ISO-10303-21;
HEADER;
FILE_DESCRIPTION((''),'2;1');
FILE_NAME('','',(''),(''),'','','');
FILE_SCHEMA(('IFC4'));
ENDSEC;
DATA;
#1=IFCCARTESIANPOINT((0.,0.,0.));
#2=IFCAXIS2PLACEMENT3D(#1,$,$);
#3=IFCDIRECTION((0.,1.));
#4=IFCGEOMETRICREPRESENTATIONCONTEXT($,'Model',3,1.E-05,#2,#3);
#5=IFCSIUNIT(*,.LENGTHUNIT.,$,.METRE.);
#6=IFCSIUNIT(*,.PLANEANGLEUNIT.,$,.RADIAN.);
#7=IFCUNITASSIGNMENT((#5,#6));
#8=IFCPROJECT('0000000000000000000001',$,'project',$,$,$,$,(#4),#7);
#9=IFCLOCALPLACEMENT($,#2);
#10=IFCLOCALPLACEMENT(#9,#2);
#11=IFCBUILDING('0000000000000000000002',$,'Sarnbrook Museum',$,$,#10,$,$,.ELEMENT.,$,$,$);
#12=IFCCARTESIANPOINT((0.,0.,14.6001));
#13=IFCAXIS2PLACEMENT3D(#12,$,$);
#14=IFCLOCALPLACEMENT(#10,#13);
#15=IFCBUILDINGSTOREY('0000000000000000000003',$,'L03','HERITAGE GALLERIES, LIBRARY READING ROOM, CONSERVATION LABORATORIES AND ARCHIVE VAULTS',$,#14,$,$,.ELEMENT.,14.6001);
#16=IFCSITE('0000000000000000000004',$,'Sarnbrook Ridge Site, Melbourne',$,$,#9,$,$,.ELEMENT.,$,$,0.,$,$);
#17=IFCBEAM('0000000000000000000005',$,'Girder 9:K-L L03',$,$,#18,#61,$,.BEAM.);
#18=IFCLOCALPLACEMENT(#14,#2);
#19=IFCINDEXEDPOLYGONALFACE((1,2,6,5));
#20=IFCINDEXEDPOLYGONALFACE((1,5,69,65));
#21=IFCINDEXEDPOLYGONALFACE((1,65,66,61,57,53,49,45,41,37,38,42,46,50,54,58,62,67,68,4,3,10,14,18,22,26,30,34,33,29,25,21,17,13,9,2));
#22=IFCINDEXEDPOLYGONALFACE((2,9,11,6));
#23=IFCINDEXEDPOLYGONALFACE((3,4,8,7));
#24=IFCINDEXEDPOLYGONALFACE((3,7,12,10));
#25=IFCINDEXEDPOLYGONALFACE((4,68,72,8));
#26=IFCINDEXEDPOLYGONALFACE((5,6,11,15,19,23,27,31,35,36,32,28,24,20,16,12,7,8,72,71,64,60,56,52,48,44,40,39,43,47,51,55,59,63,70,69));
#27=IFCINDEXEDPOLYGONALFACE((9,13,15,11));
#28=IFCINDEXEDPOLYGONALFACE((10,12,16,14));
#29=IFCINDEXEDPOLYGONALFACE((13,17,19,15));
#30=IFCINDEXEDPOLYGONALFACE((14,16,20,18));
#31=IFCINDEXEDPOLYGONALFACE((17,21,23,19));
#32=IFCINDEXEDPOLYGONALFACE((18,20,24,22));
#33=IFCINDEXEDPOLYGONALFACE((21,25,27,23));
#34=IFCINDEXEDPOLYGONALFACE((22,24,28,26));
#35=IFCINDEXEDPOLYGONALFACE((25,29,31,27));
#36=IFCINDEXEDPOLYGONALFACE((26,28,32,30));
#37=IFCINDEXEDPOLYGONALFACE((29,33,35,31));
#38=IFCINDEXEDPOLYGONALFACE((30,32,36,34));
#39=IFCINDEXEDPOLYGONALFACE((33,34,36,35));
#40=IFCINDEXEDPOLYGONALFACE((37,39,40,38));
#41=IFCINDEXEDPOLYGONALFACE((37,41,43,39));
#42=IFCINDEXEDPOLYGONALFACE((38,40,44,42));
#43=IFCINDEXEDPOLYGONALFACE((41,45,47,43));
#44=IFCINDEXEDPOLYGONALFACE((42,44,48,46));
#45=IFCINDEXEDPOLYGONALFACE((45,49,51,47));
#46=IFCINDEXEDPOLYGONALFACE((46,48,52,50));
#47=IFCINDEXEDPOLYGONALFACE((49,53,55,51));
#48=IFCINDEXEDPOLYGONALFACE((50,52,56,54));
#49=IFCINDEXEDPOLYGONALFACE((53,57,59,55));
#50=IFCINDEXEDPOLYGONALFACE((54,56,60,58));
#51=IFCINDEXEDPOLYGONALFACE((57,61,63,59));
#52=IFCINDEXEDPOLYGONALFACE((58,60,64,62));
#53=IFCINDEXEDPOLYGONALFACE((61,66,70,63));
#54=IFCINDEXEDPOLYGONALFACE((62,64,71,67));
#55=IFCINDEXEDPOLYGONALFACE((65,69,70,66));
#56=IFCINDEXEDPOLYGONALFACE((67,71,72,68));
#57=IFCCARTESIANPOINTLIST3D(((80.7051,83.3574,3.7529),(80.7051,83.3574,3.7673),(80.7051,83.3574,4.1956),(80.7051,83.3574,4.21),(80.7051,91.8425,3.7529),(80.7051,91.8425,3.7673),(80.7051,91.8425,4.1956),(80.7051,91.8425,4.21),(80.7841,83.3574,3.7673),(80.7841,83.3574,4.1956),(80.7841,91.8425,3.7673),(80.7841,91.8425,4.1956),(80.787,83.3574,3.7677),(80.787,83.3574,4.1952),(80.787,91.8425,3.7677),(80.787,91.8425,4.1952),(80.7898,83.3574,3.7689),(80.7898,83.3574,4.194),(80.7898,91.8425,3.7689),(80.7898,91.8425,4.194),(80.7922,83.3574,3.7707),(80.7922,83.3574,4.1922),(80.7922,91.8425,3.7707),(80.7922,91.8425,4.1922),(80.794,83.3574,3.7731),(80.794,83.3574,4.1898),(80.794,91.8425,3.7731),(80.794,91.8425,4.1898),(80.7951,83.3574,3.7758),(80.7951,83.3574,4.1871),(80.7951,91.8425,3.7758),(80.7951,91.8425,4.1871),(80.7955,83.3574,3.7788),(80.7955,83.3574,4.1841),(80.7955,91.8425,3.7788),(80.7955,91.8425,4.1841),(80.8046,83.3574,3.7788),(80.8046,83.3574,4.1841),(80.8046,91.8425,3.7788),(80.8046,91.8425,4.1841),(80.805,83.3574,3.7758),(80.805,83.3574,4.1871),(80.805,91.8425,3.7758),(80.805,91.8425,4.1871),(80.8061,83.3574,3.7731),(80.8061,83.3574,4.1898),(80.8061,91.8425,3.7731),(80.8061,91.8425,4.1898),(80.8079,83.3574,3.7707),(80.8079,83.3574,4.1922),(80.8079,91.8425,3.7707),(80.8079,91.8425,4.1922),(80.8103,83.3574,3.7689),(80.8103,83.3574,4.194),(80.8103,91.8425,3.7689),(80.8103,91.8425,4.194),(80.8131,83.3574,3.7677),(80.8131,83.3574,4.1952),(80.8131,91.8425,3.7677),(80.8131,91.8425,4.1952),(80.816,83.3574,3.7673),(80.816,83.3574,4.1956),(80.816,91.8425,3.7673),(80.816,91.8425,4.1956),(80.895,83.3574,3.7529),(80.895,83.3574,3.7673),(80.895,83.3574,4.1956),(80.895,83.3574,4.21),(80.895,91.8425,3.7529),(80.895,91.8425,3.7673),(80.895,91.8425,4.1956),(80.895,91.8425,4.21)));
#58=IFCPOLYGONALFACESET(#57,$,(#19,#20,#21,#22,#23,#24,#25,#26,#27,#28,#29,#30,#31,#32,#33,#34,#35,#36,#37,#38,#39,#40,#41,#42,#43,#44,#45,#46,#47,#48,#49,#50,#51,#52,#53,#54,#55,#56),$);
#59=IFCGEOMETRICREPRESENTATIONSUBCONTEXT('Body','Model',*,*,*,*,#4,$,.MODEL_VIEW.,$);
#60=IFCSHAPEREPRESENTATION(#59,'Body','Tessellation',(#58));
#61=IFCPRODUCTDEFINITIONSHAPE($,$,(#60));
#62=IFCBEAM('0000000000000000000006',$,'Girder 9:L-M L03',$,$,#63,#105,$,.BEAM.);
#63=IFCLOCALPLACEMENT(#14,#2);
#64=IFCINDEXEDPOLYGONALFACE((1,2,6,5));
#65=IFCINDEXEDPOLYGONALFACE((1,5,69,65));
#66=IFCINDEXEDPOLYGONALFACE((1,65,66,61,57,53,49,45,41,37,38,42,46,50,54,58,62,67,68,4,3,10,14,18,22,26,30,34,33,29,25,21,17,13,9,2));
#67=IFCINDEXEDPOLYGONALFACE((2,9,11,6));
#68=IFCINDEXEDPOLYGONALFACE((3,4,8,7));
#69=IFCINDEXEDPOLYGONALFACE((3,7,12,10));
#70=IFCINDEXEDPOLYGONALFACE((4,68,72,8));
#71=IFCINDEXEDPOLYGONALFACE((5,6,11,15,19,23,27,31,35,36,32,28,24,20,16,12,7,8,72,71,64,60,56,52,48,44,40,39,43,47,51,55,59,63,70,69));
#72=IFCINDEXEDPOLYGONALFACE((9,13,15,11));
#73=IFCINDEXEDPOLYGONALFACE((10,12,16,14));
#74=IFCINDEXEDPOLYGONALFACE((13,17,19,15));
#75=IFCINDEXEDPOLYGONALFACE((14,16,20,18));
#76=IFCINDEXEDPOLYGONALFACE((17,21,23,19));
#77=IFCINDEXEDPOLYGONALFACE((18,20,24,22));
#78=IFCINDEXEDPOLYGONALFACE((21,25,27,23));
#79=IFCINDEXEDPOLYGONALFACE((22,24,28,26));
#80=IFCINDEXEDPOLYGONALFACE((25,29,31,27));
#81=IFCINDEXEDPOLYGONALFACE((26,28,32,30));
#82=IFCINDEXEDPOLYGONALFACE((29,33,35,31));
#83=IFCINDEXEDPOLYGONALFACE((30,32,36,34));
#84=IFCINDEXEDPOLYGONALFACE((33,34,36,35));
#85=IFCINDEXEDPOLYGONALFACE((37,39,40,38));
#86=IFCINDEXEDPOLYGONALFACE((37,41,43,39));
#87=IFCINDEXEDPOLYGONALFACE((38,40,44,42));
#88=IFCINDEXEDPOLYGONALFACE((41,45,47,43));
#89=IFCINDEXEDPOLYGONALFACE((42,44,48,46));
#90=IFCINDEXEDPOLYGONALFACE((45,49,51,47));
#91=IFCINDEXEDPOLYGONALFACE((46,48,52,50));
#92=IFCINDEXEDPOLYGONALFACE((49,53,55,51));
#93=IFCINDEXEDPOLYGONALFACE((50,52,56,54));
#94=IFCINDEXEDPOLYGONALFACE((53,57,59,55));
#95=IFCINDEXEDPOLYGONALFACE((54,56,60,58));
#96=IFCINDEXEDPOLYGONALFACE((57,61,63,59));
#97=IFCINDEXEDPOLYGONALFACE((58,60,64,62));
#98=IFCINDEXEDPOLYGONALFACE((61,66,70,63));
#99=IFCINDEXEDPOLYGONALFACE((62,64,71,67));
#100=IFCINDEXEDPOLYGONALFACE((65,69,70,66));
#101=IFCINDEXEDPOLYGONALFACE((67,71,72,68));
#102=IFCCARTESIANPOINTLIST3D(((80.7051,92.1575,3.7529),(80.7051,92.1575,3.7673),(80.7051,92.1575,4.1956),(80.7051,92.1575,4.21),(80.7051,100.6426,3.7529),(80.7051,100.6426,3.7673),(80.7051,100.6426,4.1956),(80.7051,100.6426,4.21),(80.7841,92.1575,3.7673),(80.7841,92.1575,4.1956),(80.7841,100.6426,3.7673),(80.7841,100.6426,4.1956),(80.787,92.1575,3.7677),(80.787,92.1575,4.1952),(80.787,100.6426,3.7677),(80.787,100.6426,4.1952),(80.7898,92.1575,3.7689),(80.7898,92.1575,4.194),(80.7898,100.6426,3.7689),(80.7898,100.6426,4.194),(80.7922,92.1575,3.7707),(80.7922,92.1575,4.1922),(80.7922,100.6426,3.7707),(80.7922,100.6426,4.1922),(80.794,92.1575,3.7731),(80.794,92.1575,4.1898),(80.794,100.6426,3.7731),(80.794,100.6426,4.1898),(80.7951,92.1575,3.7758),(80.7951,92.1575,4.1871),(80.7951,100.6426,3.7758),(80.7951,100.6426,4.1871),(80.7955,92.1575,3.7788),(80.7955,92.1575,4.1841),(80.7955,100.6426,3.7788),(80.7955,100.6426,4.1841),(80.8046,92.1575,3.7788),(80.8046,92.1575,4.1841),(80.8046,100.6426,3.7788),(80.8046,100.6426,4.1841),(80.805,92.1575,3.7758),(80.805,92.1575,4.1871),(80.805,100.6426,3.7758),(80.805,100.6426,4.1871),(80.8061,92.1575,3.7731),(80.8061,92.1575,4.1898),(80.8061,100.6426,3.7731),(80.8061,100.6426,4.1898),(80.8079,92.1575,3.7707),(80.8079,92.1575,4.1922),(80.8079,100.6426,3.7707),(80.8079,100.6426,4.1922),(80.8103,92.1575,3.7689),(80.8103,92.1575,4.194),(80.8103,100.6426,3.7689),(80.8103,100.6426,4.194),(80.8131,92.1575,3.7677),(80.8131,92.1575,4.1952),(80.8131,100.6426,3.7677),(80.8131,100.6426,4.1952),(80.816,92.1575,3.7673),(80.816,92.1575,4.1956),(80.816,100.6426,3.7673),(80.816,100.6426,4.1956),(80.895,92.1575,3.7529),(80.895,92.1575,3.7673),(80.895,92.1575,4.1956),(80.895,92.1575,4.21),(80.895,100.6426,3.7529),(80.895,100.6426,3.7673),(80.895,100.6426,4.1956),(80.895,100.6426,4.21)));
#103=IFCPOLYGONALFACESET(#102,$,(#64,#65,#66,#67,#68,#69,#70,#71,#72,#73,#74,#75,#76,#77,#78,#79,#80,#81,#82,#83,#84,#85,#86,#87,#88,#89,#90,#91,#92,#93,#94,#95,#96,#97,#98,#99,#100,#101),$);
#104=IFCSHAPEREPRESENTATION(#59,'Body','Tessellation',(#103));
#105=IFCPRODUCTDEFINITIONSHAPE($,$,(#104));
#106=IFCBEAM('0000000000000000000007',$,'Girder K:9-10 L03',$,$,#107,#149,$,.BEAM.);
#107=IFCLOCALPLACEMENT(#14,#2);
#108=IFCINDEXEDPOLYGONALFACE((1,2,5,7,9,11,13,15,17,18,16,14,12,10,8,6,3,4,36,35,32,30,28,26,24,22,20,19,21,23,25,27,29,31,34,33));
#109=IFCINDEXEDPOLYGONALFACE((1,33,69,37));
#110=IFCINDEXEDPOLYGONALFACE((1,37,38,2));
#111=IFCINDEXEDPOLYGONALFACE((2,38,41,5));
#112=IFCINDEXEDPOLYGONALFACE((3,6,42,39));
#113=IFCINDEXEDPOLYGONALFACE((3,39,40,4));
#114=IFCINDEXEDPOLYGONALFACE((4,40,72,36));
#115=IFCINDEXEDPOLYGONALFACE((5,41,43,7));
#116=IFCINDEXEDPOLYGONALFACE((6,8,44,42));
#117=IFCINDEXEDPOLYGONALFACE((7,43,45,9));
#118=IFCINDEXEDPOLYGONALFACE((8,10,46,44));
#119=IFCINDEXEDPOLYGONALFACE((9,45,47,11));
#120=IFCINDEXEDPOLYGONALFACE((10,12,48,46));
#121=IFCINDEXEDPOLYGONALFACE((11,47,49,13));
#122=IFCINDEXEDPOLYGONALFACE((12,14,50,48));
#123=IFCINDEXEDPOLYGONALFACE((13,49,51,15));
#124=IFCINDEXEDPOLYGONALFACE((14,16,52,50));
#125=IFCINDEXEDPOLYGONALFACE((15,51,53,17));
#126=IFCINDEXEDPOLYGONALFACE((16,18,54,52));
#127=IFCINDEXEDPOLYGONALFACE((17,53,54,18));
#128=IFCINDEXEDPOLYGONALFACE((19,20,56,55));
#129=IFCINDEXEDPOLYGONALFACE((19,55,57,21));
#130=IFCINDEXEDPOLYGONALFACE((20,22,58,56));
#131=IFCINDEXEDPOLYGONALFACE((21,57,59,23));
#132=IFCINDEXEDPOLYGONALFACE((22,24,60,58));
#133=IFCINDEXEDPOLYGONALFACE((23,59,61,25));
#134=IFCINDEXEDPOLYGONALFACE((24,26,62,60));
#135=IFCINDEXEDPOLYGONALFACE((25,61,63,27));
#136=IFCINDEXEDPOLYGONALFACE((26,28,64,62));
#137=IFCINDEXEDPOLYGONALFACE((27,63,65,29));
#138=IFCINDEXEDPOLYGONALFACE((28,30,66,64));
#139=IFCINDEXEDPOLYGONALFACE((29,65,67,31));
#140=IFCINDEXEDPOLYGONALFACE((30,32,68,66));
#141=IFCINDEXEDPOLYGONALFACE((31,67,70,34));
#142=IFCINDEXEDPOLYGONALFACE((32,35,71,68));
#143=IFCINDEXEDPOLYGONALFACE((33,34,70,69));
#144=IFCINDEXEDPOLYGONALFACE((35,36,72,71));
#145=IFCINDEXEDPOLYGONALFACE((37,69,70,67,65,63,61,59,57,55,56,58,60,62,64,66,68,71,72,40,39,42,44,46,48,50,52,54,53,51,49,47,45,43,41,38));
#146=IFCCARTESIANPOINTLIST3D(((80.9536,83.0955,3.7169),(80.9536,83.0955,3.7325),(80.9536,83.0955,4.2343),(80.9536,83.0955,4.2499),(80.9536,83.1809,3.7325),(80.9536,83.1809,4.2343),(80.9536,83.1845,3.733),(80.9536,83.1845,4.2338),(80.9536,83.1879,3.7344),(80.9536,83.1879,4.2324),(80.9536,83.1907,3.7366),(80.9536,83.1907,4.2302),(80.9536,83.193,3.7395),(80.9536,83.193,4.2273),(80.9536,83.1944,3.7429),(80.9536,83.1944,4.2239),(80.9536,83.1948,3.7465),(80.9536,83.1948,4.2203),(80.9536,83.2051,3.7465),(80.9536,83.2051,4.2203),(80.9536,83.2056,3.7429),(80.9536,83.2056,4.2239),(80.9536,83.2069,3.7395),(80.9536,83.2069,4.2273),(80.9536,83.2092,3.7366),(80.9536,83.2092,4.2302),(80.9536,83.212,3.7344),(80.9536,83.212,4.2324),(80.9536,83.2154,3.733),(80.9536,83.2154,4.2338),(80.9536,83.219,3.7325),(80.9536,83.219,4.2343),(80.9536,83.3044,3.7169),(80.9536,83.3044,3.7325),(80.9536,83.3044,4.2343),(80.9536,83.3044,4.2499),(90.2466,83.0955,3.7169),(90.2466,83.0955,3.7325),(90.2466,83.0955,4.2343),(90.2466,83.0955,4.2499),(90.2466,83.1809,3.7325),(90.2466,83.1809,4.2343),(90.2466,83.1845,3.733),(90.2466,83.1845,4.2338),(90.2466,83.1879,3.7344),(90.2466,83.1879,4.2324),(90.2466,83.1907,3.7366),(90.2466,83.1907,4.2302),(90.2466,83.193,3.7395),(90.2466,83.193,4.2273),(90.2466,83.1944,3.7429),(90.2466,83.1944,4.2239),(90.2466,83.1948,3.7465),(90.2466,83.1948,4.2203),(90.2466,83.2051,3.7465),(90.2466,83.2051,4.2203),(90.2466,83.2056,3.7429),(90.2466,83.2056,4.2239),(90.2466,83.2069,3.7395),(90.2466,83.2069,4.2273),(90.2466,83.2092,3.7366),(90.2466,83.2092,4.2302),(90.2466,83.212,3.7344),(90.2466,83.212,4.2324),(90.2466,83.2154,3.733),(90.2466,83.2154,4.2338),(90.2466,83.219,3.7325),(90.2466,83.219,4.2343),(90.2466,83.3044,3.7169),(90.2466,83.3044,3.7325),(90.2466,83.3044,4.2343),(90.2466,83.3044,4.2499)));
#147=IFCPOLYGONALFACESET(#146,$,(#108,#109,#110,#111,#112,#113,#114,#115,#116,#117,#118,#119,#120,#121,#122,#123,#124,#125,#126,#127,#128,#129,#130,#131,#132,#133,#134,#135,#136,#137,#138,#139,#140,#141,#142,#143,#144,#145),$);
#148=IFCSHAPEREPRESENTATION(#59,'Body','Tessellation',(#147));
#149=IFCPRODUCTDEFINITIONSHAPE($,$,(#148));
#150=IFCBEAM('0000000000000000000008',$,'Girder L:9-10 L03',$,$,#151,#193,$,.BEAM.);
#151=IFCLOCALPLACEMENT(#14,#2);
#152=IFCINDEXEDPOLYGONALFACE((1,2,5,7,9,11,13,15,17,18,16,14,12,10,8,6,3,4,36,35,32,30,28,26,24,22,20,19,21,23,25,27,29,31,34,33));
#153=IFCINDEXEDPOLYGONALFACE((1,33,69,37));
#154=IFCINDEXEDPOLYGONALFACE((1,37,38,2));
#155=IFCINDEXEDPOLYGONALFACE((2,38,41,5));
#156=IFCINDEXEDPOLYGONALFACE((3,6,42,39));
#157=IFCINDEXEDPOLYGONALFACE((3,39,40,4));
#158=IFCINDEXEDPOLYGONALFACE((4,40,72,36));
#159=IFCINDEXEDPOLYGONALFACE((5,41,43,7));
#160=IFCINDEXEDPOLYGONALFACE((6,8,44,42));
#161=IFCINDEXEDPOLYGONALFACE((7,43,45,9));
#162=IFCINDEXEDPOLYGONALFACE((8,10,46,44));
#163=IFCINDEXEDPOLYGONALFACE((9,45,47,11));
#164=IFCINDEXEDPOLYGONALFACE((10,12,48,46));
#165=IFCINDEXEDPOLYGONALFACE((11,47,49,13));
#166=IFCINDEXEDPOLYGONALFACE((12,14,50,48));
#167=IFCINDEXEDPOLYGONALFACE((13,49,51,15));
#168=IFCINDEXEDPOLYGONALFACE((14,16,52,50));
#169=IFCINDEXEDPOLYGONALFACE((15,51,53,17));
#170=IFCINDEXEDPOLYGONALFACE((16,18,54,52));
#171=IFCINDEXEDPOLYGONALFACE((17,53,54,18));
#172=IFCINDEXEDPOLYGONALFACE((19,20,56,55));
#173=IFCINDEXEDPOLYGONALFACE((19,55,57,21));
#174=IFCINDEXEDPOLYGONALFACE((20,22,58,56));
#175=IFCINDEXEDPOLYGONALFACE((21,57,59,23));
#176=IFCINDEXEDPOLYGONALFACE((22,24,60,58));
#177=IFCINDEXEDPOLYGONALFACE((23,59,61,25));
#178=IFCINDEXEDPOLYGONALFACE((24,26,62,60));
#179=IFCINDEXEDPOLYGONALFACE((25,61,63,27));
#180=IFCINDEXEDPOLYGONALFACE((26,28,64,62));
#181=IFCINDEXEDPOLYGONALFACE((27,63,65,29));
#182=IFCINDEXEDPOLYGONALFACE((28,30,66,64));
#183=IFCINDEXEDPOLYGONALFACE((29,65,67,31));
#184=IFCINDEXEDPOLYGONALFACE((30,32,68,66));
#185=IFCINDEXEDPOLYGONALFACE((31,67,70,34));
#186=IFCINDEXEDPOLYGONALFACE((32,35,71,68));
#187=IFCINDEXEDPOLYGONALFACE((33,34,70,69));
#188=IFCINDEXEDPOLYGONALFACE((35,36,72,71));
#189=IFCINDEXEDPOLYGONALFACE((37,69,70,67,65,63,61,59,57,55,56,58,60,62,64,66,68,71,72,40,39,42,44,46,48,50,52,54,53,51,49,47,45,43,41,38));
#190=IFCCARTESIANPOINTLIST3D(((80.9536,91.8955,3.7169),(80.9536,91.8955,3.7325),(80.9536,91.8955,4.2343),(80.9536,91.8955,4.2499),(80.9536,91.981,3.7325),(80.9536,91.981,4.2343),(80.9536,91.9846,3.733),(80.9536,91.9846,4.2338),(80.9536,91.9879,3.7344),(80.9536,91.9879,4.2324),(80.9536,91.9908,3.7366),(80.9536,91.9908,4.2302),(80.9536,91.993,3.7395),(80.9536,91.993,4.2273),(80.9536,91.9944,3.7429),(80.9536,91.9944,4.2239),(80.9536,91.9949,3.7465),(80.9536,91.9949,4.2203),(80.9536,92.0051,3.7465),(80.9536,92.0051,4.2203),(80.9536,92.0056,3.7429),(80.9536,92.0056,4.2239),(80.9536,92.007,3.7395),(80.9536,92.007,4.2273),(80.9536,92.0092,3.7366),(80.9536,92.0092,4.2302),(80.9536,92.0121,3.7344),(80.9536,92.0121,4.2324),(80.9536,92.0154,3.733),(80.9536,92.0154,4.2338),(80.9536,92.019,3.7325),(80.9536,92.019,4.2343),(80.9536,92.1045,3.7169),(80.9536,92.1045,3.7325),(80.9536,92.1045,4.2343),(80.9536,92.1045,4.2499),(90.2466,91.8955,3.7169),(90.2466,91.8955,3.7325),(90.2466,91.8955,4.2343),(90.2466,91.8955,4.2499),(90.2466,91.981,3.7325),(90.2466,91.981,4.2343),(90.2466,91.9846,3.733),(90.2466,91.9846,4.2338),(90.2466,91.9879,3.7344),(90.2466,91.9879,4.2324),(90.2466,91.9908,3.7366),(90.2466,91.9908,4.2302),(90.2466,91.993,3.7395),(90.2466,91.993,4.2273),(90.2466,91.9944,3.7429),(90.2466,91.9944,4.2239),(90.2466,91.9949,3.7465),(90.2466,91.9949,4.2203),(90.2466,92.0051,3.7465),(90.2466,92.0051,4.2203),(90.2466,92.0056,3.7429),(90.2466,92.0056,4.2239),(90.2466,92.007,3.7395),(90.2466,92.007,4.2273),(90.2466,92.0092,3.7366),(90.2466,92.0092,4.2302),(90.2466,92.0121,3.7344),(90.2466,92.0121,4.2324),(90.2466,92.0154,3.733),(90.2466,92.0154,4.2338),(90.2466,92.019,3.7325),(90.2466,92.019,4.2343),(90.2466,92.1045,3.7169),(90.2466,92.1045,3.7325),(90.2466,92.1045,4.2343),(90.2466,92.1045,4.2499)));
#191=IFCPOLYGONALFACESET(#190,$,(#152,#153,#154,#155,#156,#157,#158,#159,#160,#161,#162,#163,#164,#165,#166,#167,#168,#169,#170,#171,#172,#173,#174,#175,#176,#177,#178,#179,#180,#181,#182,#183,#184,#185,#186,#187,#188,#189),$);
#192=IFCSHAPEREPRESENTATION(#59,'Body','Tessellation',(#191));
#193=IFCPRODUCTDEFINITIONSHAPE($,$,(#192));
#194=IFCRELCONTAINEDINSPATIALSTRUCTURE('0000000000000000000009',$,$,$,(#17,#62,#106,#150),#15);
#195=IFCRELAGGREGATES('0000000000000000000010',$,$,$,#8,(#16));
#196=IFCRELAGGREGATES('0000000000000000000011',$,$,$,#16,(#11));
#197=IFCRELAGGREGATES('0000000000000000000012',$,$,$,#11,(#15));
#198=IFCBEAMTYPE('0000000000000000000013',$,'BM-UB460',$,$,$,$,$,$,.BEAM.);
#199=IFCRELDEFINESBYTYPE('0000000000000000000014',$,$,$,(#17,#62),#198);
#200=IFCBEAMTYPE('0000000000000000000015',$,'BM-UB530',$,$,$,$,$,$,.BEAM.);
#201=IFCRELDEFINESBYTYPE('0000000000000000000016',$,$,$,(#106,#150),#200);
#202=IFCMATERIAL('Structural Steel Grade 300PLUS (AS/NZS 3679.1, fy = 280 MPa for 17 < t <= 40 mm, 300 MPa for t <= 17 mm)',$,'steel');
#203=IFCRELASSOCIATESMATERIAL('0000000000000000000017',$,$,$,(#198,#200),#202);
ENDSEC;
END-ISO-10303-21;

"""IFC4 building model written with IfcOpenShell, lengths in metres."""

from ifc_helpers import new_model, si_unit, direction, frame, origin, origin_2d, place, context, subcontext, project, spatial, i_section, extrude, material, material_profile, profile_set, type_object, element, save


model = new_model("IFC4")

# Units and contexts
model_context = context("Model", 3, precision=1e-05, world=origin(), true_north=direction((0.0, 1.0)))
body_context = subcontext(model_context, "Body", "Model", "MODEL_VIEW")
ifc_project = project(units=[si_unit("LENGTHUNIT", "METRE"), si_unit("PLANEANGLEUNIT", "RADIAN")], contexts=[model_context])

# Site, building, storey
site_placement = place(None, origin())
site = spatial("IfcSite", under=ifc_project, at=site_placement, Name="Sarnbrook Ridge Site, Melbourne", CompositionType="ELEMENT", RefElevation=0.0)
building_placement = place(site_placement, origin())
building = spatial("IfcBuilding", under=site, at=building_placement, Name="Sarnbrook Museum", CompositionType="ELEMENT")
storey_placement = place(building_placement, frame((0.0, 0.0, 14.6001)))
storey = spatial("IfcBuildingStorey", under=building, at=storey_placement, Name="L03", Description="HERITAGE GALLERIES, LIBRARY READING ROOM, CONSERVATION LABORATORIES AND ARCHIVE VAULTS", CompositionType="ELEMENT", Elevation=14.6001)

# Shared definitions
ifc_material_1 = material(Name="Structural Steel Grade 300PLUS (AS/NZS 3679.1, fy = 280 MPa for 17 < t <= 40 mm, 300 MPa for t <= 17 mm)", Category="steel")

# Beams
ifc_material_profile_1 = material_profile(ifc_material_1, i_section(OverallWidth=0.1899, OverallDepth=0.457, WebThickness=0.009, FlangeThickness=0.0144, FilletRadius=0.0115, at=origin_2d()), Name="460UB74.6")
ifc_profile_set_1 = profile_set([ifc_material_profile_1], Name="Structural Steel Grade 300PLUS (AS/NZS 3679.1, fy = 280 MPa for 17 < t <= 40 mm, 300 MPa for t <= 17 mm)")
beam_type_1 = type_object("IfcBeamType", Name="BM-UB460", PredefinedType="BEAM", material=ifc_profile_set_1)
for number, where, z_axis, x_axis, name in (
    (1, (80.8, 83.3574, 3.9814), (0.0, 1.0, 0.0), (-1.0, 0.0, 0.0), "Girder 9:K-L L03"),
    (2, (80.8, 92.1575, 3.9814), (0.0, 1.0, 0.0), (-1.0, 0.0, 0.0), "Girder 9:L-M L03"),
):
    element("IfcBeam", number, at=place(storey_placement, frame(where, z_axis=z_axis, x_axis=x_axis)), inside=storey, type_object=beam_type_1, Name=name, PredefinedType="BEAM", context=body_context, shape_type="SweptSolid", body=[
        extrude(i_section(OverallWidth=0.1899, OverallDepth=0.457, WebThickness=0.009, FlangeThickness=0.0144, FilletRadius=0.0115, at=origin_2d()), origin(), (0.0, 0.0, 1.0), 8.4851),
    ])
ifc_material_profile_2 = material_profile(ifc_material_1, i_section(OverallWidth=0.209, OverallDepth=0.533, WebThickness=0.0103, FlangeThickness=0.0156, FilletRadius=0.0139, at=origin_2d()), Name="530UB92.4")
ifc_profile_set_2 = profile_set([ifc_material_profile_2], Name="Structural Steel Grade 300PLUS (AS/NZS 3679.1, fy = 280 MPa for 17 < t <= 40 mm, 300 MPa for t <= 17 mm)")
beam_type_2 = type_object("IfcBeamType", Name="BM-UB530", PredefinedType="BEAM", material=ifc_profile_set_2)
for number, where, z_axis, x_axis, name in (
    (3, (80.9536, 83.2, 3.9834), (1.0, 0.0, 0.0), (0.0, 1.0, 0.0), "Girder K:9-10 L03"),
    (4, (80.9536, 92.0, 3.9834), (1.0, 0.0, 0.0), (0.0, 1.0, 0.0), "Girder L:9-10 L03"),
):
    element("IfcBeam", number, at=place(storey_placement, frame(where, z_axis=z_axis, x_axis=x_axis)), inside=storey, type_object=beam_type_2, Name=name, PredefinedType="BEAM", context=body_context, shape_type="SweptSolid", body=[
        extrude(i_section(OverallWidth=0.209, OverallDepth=0.533, WebThickness=0.0103, FlangeThickness=0.0156, FilletRadius=0.0139, at=origin_2d()), origin(), (0.0, 0.0, 1.0), 9.293),
    ])

save(model, "model.ifc")
